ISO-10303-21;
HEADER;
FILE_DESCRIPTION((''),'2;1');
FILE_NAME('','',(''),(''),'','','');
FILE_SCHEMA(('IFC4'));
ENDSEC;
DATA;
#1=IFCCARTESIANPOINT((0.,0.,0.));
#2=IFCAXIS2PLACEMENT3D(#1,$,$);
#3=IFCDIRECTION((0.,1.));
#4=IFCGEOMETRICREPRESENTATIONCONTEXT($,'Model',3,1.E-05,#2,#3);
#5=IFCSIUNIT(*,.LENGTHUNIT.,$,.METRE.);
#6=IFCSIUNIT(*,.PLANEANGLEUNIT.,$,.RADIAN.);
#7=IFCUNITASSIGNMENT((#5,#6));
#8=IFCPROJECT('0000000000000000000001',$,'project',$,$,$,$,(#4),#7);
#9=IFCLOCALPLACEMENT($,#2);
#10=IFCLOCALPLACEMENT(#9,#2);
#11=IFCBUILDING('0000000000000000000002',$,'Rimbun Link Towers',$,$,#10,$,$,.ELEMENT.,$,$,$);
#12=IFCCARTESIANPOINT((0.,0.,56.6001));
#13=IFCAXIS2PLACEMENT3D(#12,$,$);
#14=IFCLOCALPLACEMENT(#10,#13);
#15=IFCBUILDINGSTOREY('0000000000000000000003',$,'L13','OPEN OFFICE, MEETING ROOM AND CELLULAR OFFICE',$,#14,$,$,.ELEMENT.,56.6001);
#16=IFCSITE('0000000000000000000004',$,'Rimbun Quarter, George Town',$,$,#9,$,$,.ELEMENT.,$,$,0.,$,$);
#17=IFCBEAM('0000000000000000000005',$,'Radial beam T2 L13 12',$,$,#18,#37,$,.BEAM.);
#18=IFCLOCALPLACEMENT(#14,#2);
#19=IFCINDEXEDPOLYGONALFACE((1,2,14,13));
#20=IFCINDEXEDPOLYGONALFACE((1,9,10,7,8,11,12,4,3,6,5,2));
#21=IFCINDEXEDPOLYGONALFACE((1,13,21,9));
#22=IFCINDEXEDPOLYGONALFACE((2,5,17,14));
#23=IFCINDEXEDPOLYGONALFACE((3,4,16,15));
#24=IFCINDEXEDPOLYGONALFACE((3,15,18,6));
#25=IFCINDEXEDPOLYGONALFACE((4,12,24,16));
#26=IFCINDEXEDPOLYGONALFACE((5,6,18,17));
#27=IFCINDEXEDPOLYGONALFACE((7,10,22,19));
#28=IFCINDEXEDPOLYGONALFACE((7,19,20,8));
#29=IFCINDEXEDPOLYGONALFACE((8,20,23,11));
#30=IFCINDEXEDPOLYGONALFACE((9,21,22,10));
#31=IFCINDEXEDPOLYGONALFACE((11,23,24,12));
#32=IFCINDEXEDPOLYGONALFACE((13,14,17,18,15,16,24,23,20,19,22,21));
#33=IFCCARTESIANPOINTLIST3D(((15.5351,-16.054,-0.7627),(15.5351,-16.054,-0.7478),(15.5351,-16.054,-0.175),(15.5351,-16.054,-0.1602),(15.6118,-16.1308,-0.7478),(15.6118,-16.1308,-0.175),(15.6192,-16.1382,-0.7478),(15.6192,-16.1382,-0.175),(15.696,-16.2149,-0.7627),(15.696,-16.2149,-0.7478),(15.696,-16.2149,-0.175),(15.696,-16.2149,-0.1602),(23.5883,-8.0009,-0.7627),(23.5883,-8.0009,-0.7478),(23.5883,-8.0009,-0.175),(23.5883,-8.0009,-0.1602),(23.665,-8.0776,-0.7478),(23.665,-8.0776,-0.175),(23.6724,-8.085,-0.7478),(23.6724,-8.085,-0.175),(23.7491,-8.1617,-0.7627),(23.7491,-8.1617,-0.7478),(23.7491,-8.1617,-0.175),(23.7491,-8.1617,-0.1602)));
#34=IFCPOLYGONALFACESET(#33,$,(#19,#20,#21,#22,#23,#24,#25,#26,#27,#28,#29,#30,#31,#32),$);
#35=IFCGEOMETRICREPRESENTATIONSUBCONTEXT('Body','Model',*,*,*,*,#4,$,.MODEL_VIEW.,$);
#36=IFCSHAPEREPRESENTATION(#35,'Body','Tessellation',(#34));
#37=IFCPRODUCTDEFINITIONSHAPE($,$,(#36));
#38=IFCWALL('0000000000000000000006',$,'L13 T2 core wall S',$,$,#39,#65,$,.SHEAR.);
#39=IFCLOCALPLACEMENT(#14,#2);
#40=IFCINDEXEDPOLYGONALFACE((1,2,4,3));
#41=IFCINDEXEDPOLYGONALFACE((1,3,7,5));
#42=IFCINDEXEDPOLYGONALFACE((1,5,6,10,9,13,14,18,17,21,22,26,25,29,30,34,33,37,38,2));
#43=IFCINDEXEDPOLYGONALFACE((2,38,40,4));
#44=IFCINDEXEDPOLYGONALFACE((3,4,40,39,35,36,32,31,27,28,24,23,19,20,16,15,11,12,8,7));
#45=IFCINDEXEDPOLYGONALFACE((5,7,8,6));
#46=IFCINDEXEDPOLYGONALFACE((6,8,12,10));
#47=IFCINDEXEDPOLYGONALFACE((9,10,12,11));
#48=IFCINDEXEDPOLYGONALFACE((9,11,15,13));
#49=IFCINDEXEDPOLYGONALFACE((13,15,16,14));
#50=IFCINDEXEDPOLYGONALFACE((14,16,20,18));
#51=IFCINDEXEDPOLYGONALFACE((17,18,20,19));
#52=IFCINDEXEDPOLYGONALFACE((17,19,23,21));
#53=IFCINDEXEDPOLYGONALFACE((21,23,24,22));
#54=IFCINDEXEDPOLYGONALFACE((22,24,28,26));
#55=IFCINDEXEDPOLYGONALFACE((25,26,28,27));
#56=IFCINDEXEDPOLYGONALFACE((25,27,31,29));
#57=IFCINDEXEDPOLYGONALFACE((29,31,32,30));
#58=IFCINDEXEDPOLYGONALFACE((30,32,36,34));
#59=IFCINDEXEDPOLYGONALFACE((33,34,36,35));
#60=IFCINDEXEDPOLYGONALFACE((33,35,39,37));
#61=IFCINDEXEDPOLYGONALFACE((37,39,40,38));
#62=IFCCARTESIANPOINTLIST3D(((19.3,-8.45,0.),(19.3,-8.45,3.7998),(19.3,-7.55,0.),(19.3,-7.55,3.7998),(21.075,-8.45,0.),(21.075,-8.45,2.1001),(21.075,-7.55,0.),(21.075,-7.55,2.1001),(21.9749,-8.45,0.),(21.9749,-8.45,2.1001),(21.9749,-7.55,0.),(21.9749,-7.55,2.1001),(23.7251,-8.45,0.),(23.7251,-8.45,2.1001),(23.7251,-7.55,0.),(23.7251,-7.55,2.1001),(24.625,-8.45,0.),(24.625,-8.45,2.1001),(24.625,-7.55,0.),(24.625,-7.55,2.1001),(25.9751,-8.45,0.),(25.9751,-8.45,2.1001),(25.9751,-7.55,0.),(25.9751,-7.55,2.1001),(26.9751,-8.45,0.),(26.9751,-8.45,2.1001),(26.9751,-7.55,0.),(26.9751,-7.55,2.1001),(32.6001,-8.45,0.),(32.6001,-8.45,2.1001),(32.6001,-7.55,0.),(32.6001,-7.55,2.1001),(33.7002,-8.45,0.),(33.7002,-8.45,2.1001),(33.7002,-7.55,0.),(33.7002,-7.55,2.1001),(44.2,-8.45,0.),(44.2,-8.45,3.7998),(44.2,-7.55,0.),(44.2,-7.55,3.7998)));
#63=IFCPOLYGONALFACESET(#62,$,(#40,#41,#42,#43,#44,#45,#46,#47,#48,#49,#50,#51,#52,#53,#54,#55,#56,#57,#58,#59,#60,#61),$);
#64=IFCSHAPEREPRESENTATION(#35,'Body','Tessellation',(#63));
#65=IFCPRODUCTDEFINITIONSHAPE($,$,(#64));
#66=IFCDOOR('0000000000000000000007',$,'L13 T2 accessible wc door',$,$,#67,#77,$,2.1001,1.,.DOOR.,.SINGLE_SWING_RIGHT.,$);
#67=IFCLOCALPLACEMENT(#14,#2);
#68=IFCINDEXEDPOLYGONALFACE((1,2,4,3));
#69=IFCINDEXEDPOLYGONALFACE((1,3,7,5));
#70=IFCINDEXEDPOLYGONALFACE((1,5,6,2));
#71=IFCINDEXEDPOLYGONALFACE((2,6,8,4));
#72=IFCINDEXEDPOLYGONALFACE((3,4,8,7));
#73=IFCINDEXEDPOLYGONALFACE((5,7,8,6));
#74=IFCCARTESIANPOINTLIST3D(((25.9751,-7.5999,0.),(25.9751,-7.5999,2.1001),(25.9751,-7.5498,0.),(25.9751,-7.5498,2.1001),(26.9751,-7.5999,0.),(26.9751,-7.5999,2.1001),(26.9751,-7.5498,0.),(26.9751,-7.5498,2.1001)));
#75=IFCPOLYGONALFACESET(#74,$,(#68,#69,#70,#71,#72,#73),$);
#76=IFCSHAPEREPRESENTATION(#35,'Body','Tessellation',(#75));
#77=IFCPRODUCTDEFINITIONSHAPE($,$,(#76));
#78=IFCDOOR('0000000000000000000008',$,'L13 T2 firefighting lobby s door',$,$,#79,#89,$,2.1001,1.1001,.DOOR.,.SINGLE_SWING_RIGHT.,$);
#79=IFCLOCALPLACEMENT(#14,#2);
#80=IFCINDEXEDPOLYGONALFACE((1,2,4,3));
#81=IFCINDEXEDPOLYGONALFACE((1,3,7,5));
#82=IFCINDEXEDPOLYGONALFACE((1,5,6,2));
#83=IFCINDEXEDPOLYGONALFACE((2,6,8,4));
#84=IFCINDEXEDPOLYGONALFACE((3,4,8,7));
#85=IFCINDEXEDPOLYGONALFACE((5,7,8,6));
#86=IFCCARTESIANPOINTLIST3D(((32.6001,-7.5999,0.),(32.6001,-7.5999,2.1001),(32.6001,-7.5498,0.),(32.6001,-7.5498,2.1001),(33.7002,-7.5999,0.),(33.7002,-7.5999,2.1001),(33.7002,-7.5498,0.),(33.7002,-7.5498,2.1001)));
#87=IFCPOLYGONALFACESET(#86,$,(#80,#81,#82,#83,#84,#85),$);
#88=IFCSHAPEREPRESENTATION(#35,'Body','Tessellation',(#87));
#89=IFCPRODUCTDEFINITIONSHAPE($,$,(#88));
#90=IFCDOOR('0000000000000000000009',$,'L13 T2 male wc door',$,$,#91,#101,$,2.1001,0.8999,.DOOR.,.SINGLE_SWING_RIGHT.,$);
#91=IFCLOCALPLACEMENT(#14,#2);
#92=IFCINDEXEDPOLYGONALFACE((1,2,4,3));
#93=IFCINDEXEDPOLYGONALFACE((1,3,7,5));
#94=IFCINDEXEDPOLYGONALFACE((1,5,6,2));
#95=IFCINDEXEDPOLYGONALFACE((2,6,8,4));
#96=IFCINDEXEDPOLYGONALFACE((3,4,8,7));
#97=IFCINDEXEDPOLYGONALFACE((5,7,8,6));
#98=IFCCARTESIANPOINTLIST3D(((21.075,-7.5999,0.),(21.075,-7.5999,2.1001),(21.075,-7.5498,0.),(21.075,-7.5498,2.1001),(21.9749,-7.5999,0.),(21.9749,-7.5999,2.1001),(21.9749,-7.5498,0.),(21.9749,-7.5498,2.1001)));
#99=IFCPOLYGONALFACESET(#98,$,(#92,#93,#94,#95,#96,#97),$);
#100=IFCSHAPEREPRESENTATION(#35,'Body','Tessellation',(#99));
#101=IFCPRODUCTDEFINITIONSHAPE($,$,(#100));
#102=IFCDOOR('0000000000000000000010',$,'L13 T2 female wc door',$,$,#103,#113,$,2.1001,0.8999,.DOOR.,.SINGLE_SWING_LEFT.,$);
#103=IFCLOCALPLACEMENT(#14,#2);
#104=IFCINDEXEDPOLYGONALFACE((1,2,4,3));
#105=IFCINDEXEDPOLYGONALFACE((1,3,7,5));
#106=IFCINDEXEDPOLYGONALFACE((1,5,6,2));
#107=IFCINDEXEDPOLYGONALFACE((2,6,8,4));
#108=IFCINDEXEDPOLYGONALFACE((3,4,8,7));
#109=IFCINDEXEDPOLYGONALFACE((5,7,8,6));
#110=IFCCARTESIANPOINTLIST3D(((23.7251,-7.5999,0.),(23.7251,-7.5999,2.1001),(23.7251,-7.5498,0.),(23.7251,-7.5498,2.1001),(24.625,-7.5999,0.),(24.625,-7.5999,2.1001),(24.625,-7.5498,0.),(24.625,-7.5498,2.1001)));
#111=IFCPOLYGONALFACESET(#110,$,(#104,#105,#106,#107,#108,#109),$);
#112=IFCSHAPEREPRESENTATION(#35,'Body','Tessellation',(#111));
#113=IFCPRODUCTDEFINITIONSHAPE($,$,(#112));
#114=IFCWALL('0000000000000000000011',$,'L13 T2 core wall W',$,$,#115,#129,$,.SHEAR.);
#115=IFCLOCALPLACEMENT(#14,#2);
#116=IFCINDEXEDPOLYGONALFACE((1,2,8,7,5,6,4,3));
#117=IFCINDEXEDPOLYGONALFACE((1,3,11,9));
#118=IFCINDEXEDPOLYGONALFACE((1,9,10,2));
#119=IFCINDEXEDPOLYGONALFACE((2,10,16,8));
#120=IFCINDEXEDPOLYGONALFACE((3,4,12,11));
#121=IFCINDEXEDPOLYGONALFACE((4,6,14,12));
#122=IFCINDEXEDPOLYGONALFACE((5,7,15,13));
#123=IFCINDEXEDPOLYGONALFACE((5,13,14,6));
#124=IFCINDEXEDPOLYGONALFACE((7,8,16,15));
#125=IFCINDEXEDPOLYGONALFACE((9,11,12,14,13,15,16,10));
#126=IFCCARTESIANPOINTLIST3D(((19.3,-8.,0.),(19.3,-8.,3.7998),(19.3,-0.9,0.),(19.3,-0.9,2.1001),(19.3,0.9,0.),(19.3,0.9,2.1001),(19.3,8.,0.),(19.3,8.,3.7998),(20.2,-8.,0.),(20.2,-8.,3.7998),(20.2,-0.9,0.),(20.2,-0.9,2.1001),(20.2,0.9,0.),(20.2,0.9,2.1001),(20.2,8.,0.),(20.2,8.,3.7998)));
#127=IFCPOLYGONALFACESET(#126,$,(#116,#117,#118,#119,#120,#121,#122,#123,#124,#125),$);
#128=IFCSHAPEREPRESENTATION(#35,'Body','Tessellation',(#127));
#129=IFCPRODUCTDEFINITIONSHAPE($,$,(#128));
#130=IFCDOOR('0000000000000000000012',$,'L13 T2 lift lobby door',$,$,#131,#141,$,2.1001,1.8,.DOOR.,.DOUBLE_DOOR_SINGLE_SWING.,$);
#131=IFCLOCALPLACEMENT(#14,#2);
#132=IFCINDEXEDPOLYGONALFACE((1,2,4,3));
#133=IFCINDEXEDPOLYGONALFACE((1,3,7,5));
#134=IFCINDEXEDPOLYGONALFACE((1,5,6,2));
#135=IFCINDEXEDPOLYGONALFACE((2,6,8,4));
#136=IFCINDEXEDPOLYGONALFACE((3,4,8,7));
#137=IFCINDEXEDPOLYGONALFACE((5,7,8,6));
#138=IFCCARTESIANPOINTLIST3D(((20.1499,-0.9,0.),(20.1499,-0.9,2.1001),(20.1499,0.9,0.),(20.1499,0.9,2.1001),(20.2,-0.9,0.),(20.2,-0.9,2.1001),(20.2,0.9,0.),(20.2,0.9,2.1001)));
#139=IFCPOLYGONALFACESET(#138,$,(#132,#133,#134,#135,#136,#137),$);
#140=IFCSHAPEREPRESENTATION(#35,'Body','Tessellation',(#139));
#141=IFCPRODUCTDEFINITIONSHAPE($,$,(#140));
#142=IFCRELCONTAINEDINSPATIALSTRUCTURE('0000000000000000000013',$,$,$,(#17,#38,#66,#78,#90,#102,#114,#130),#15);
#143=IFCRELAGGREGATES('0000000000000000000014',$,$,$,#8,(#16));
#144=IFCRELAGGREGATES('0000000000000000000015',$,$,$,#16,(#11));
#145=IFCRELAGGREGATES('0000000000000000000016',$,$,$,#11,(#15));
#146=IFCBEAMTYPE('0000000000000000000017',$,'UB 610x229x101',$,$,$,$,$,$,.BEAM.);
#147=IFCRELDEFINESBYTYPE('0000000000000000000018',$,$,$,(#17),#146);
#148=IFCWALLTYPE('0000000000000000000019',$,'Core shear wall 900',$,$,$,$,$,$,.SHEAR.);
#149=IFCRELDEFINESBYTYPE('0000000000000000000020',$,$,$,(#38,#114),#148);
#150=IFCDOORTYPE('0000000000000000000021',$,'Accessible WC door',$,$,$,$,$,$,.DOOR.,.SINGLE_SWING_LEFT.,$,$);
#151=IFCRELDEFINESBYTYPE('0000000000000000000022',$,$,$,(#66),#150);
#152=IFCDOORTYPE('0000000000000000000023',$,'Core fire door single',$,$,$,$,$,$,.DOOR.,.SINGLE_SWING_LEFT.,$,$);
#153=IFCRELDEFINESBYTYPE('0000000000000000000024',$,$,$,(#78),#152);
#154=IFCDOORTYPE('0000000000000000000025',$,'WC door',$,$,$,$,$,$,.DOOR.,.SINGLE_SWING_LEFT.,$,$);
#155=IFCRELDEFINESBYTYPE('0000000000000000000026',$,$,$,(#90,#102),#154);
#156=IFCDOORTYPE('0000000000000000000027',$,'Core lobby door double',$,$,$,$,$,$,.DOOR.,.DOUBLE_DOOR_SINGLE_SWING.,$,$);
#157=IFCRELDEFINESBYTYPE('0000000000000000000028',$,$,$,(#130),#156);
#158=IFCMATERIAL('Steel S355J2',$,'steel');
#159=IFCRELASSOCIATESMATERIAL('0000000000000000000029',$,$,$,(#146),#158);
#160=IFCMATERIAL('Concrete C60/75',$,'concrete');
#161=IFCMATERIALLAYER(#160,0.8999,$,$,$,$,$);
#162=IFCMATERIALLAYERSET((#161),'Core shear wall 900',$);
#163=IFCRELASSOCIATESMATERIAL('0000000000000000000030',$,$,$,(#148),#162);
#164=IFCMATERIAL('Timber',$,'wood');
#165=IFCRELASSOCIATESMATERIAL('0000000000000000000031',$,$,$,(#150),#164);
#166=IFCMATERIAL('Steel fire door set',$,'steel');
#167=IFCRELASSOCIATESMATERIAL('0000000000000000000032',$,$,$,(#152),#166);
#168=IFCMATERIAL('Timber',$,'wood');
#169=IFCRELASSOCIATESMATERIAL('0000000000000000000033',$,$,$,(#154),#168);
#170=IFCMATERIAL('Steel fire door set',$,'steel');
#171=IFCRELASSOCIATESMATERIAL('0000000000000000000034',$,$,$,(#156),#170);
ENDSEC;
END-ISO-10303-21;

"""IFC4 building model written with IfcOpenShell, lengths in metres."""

from ifc_helpers import new_model, si_unit, direction, frame, frame_2d, origin, origin_2d, place, context, subcontext, project, spatial, rectangle, i_section, extrude, material, layer, layer_set, material_profile, profile_set, type_object, element, fill, save


model = new_model("IFC4")

# Units and contexts
model_context = context("Model", 3, precision=1e-05, world=origin(), true_north=direction((0.0, 1.0)))
body_context = subcontext(model_context, "Body", "Model", "MODEL_VIEW")
ifc_project = project(units=[si_unit("LENGTHUNIT", "METRE"), si_unit("PLANEANGLEUNIT", "RADIAN")], contexts=[model_context])

# Site, building, storey
site_placement = place(None, origin())
site = spatial("IfcSite", under=ifc_project, at=site_placement, Name="Rimbun Quarter, George Town", CompositionType="ELEMENT", RefElevation=0.0)
building_placement = place(site_placement, origin())
building = spatial("IfcBuilding", under=site, at=building_placement, Name="Rimbun Link Towers", CompositionType="ELEMENT")
storey_placement = place(building_placement, frame((0.0, 0.0, 56.6001)))
storey = spatial("IfcBuildingStorey", under=building, at=storey_placement, Name="L13", Description="OPEN OFFICE, MEETING ROOM AND CELLULAR OFFICE", CompositionType="ELEMENT", Elevation=56.6001)

# Beam
ifc_material_1 = material(Name="Steel S355J2", Category="steel")
ifc_material_profile_1 = material_profile(ifc_material_1, i_section(OverallWidth=0.2275, OverallDepth=0.6025, WebThickness=0.0105, FlangeThickness=0.0149, at=origin_2d()), Name="UB 610x229x101")
ifc_profile_set_1 = profile_set([ifc_material_profile_1], Name="Steel S355J2")
beam_type = type_object("IfcBeamType", Name="UB 610x229x101", PredefinedType="BEAM", material=ifc_profile_set_1)
beam_placement = place(storey_placement, frame((23.6687, -8.0813, -0.4614), z_axis=(-0.707107, -0.707107, 0.0), x_axis=(0.707107, -0.707107, 0.0)))
element("IfcBeam", 1, at=beam_placement, inside=storey, type_object=beam_type, Name="Radial beam T2 L13 12", PredefinedType="BEAM", context=body_context, shape_type="SweptSolid", body=[
    extrude(i_section(OverallWidth=0.2275, OverallDepth=0.6025, WebThickness=0.0105, FlangeThickness=0.0149, at=origin_2d()), origin(), (0.0, 0.0, 1.0), 11.3889),
])

# Wall, openings, doors
ifc_material_2 = material(Name="Concrete C60/75", Category="concrete")
ifc_layer_1 = layer(ifc_material_2, 0.8999)
ifc_layer_set_1 = layer_set([ifc_layer_1], Name="Core shear wall 900")
wall_type_1 = type_object("IfcWallType", Name="Core shear wall 900", PredefinedType="SHEAR", material=ifc_layer_set_1)
wall_1_placement = place(storey_placement, frame((19.3, -8.0, 0.0), z_axis=(0.0, 0.0, 1.0), x_axis=(1.0, 0.0, 0.0)))
wall_1 = element("IfcWall", 2, at=wall_1_placement, inside=storey, type_object=wall_type_1, Name="L13 T2 core wall S", PredefinedType="SHEAR", context=body_context, shape_type="SweptSolid", body=[
    extrude(rectangle(XDim=24.8999, YDim=0.8999, at=frame_2d((12.45, 0.0))), origin(), (0.0, 0.0, 1.0), 3.7998),
])
opening_1_placement = place(wall_1_placement, frame((13.3, 0.0, 0.0)))
opening_1 = element("IfcOpeningElement", 3, at=opening_1_placement, cuts=wall_1, PredefinedType="OPENING", context=body_context, shape_type="SweptSolid", body=[
    extrude(rectangle(XDim=1.1001, YDim=2.1001, at=frame_2d((0.55, 1.05))), frame((0.0, 0.46, 0.0), z_axis=(0.0, -1.0, 0.0), x_axis=(1.0, 0.0, 0.0)), (0.0, 0.0, 1.0), 0.9199),
])
opening_2_placement = place(wall_1_placement, frame((1.7749, 0.0, 0.0)))
opening_2 = element("IfcOpeningElement", 4, at=opening_2_placement, cuts=wall_1, PredefinedType="OPENING", context=body_context, shape_type="SweptSolid", body=[
    extrude(rectangle(XDim=0.8999, YDim=2.1001, at=frame_2d((0.45, 1.05))), frame((0.0, 0.46, 0.0), z_axis=(0.0, -1.0, 0.0), x_axis=(1.0, 0.0, 0.0)), (0.0, 0.0, 1.0), 0.9199),
])
opening_3_placement = place(wall_1_placement, frame((4.425, 0.0, 0.0)))
opening_3 = element("IfcOpeningElement", 5, at=opening_3_placement, cuts=wall_1, PredefinedType="OPENING", context=body_context, shape_type="SweptSolid", body=[
    extrude(rectangle(XDim=0.8999, YDim=2.1001, at=frame_2d((0.45, 1.05))), frame((0.0, 0.46, 0.0), z_axis=(0.0, -1.0, 0.0), x_axis=(1.0, 0.0, 0.0)), (0.0, 0.0, 1.0), 0.9199),
])
opening_4_placement = place(wall_1_placement, frame((6.675, 0.0, 0.0)))
opening_4 = element("IfcOpeningElement", 6, at=opening_4_placement, cuts=wall_1, PredefinedType="OPENING", context=body_context, shape_type="SweptSolid", body=[
    extrude(rectangle(XDim=1.0, YDim=2.1001, at=frame_2d((0.5, 1.05))), frame((0.0, 0.46, 0.0), z_axis=(0.0, -1.0, 0.0), x_axis=(1.0, 0.0, 0.0)), (0.0, 0.0, 1.0), 0.9199),
])
ifc_material_3 = material(Name="Timber", Category="wood")
door_type_1 = type_object("IfcDoorType", Name="Accessible WC door", OperationType="SINGLE_SWING_LEFT", PredefinedType="DOOR", material=ifc_material_3)
door_1_placement = place(opening_4_placement, origin())
door_1 = element("IfcDoor", 7, at=door_1_placement, inside=storey, type_object=door_type_1, Name="L13 T2 accessible wc door", OperationType="SINGLE_SWING_RIGHT", OverallHeight=2.1001, OverallWidth=1.0, PredefinedType="DOOR", context=body_context, shape_type="SweptSolid", body=[
    extrude(rectangle(XDim=1.0, YDim=2.1001, at=frame_2d((0.5, 1.05))), frame((0.0, 0.4502, 0.0), z_axis=(0.0, -1.0, 0.0), x_axis=(1.0, 0.0, 0.0)), (0.0, 0.0, 1.0), 0.05),
])
fill(opening_4, door_1)
ifc_material_4 = material(Name="Steel fire door set", Category="steel")
door_type_2 = type_object("IfcDoorType", Name="Core fire door single", OperationType="SINGLE_SWING_LEFT", PredefinedType="DOOR", material=ifc_material_4)
door_2_placement = place(opening_1_placement, origin())
door_2 = element("IfcDoor", 8, at=door_2_placement, inside=storey, type_object=door_type_2, Name="L13 T2 firefighting lobby s door", OperationType="SINGLE_SWING_RIGHT", OverallHeight=2.1001, OverallWidth=1.1001, PredefinedType="DOOR", context=body_context, shape_type="SweptSolid", body=[
    extrude(rectangle(XDim=1.1001, YDim=2.1001, at=frame_2d((0.55, 1.05))), frame((0.0, 0.4502, 0.0), z_axis=(0.0, -1.0, 0.0), x_axis=(1.0, 0.0, 0.0)), (0.0, 0.0, 1.0), 0.05),
])
fill(opening_1, door_2)
ifc_material_5 = material(Name="Timber", Category="wood")
door_type_3 = type_object("IfcDoorType", Name="WC door", OperationType="SINGLE_SWING_LEFT", PredefinedType="DOOR", material=ifc_material_5)
door_3_placement = place(opening_2_placement, origin())
door_3 = element("IfcDoor", 9, at=door_3_placement, inside=storey, type_object=door_type_3, Name="L13 T2 male wc door", OperationType="SINGLE_SWING_RIGHT", OverallHeight=2.1001, OverallWidth=0.8999, PredefinedType="DOOR", context=body_context, shape_type="SweptSolid", body=[
    extrude(rectangle(XDim=0.8999, YDim=2.1001, at=frame_2d((0.45, 1.05))), frame((0.0, 0.4502, 0.0), z_axis=(0.0, -1.0, 0.0), x_axis=(1.0, 0.0, 0.0)), (0.0, 0.0, 1.0), 0.05),
])
fill(opening_2, door_3)
door_4_placement = place(opening_3_placement, origin())
door_4 = element("IfcDoor", 10, at=door_4_placement, inside=storey, type_object=door_type_3, Name="L13 T2 female wc door", OperationType="SINGLE_SWING_LEFT", OverallHeight=2.1001, OverallWidth=0.8999, PredefinedType="DOOR", context=body_context, shape_type="SweptSolid", body=[
    extrude(rectangle(XDim=0.8999, YDim=2.1001, at=frame_2d((0.45, 1.05))), frame((0.0, 0.4502, 0.0), z_axis=(0.0, -1.0, 0.0), x_axis=(1.0, 0.0, 0.0)), (0.0, 0.0, 1.0), 0.05),
])
fill(opening_3, door_4)

# Wall, opening, door
wall_2_placement = place(storey_placement, frame((19.75, -8.0, 0.0), z_axis=(0.0, 0.0, 1.0), x_axis=(0.0, 1.0, 0.0)))
wall_2 = element("IfcWall", 11, at=wall_2_placement, inside=storey, type_object=wall_type_1, Name="L13 T2 core wall W", PredefinedType="SHEAR", context=body_context, shape_type="SweptSolid", body=[
    extrude(rectangle(XDim=16.0, YDim=0.8999, at=frame_2d((8.0, 0.0))), origin(), (0.0, 0.0, 1.0), 3.7998),
])
opening_5_placement = place(wall_2_placement, frame((7.1001, 0.0, 0.0)))
opening_5 = element("IfcOpeningElement", 12, at=opening_5_placement, cuts=wall_2, PredefinedType="OPENING", context=body_context, shape_type="SweptSolid", body=[
    extrude(rectangle(XDim=1.8, YDim=2.1001, at=frame_2d((0.8999, 1.05))), frame((0.0, 0.46, 0.0), z_axis=(0.0, -1.0, 0.0), x_axis=(1.0, 0.0, 0.0)), (0.0, 0.0, 1.0), 0.9199),
])
ifc_material_6 = material(Name="Steel fire door set", Category="steel")
door_type_4 = type_object("IfcDoorType", Name="Core lobby door double", OperationType="DOUBLE_DOOR_SINGLE_SWING", PredefinedType="DOOR", material=ifc_material_6)
door_5_placement = place(opening_5_placement, origin())
door_5 = element("IfcDoor", 13, at=door_5_placement, inside=storey, type_object=door_type_4, Name="L13 T2 lift lobby door", OperationType="DOUBLE_DOOR_SINGLE_SWING", OverallHeight=2.1001, OverallWidth=1.8, PredefinedType="DOOR", context=body_context, shape_type="SweptSolid", body=[
    extrude(rectangle(XDim=1.8, YDim=2.1001, at=frame_2d((0.8999, 1.05))), frame((0.0, -0.3999, 0.0), z_axis=(0.0, -1.0, 0.0), x_axis=(1.0, 0.0, 0.0)), (0.0, 0.0, 1.0), 0.05),
])
fill(opening_5, door_5)

save(model, "model.ifc")
